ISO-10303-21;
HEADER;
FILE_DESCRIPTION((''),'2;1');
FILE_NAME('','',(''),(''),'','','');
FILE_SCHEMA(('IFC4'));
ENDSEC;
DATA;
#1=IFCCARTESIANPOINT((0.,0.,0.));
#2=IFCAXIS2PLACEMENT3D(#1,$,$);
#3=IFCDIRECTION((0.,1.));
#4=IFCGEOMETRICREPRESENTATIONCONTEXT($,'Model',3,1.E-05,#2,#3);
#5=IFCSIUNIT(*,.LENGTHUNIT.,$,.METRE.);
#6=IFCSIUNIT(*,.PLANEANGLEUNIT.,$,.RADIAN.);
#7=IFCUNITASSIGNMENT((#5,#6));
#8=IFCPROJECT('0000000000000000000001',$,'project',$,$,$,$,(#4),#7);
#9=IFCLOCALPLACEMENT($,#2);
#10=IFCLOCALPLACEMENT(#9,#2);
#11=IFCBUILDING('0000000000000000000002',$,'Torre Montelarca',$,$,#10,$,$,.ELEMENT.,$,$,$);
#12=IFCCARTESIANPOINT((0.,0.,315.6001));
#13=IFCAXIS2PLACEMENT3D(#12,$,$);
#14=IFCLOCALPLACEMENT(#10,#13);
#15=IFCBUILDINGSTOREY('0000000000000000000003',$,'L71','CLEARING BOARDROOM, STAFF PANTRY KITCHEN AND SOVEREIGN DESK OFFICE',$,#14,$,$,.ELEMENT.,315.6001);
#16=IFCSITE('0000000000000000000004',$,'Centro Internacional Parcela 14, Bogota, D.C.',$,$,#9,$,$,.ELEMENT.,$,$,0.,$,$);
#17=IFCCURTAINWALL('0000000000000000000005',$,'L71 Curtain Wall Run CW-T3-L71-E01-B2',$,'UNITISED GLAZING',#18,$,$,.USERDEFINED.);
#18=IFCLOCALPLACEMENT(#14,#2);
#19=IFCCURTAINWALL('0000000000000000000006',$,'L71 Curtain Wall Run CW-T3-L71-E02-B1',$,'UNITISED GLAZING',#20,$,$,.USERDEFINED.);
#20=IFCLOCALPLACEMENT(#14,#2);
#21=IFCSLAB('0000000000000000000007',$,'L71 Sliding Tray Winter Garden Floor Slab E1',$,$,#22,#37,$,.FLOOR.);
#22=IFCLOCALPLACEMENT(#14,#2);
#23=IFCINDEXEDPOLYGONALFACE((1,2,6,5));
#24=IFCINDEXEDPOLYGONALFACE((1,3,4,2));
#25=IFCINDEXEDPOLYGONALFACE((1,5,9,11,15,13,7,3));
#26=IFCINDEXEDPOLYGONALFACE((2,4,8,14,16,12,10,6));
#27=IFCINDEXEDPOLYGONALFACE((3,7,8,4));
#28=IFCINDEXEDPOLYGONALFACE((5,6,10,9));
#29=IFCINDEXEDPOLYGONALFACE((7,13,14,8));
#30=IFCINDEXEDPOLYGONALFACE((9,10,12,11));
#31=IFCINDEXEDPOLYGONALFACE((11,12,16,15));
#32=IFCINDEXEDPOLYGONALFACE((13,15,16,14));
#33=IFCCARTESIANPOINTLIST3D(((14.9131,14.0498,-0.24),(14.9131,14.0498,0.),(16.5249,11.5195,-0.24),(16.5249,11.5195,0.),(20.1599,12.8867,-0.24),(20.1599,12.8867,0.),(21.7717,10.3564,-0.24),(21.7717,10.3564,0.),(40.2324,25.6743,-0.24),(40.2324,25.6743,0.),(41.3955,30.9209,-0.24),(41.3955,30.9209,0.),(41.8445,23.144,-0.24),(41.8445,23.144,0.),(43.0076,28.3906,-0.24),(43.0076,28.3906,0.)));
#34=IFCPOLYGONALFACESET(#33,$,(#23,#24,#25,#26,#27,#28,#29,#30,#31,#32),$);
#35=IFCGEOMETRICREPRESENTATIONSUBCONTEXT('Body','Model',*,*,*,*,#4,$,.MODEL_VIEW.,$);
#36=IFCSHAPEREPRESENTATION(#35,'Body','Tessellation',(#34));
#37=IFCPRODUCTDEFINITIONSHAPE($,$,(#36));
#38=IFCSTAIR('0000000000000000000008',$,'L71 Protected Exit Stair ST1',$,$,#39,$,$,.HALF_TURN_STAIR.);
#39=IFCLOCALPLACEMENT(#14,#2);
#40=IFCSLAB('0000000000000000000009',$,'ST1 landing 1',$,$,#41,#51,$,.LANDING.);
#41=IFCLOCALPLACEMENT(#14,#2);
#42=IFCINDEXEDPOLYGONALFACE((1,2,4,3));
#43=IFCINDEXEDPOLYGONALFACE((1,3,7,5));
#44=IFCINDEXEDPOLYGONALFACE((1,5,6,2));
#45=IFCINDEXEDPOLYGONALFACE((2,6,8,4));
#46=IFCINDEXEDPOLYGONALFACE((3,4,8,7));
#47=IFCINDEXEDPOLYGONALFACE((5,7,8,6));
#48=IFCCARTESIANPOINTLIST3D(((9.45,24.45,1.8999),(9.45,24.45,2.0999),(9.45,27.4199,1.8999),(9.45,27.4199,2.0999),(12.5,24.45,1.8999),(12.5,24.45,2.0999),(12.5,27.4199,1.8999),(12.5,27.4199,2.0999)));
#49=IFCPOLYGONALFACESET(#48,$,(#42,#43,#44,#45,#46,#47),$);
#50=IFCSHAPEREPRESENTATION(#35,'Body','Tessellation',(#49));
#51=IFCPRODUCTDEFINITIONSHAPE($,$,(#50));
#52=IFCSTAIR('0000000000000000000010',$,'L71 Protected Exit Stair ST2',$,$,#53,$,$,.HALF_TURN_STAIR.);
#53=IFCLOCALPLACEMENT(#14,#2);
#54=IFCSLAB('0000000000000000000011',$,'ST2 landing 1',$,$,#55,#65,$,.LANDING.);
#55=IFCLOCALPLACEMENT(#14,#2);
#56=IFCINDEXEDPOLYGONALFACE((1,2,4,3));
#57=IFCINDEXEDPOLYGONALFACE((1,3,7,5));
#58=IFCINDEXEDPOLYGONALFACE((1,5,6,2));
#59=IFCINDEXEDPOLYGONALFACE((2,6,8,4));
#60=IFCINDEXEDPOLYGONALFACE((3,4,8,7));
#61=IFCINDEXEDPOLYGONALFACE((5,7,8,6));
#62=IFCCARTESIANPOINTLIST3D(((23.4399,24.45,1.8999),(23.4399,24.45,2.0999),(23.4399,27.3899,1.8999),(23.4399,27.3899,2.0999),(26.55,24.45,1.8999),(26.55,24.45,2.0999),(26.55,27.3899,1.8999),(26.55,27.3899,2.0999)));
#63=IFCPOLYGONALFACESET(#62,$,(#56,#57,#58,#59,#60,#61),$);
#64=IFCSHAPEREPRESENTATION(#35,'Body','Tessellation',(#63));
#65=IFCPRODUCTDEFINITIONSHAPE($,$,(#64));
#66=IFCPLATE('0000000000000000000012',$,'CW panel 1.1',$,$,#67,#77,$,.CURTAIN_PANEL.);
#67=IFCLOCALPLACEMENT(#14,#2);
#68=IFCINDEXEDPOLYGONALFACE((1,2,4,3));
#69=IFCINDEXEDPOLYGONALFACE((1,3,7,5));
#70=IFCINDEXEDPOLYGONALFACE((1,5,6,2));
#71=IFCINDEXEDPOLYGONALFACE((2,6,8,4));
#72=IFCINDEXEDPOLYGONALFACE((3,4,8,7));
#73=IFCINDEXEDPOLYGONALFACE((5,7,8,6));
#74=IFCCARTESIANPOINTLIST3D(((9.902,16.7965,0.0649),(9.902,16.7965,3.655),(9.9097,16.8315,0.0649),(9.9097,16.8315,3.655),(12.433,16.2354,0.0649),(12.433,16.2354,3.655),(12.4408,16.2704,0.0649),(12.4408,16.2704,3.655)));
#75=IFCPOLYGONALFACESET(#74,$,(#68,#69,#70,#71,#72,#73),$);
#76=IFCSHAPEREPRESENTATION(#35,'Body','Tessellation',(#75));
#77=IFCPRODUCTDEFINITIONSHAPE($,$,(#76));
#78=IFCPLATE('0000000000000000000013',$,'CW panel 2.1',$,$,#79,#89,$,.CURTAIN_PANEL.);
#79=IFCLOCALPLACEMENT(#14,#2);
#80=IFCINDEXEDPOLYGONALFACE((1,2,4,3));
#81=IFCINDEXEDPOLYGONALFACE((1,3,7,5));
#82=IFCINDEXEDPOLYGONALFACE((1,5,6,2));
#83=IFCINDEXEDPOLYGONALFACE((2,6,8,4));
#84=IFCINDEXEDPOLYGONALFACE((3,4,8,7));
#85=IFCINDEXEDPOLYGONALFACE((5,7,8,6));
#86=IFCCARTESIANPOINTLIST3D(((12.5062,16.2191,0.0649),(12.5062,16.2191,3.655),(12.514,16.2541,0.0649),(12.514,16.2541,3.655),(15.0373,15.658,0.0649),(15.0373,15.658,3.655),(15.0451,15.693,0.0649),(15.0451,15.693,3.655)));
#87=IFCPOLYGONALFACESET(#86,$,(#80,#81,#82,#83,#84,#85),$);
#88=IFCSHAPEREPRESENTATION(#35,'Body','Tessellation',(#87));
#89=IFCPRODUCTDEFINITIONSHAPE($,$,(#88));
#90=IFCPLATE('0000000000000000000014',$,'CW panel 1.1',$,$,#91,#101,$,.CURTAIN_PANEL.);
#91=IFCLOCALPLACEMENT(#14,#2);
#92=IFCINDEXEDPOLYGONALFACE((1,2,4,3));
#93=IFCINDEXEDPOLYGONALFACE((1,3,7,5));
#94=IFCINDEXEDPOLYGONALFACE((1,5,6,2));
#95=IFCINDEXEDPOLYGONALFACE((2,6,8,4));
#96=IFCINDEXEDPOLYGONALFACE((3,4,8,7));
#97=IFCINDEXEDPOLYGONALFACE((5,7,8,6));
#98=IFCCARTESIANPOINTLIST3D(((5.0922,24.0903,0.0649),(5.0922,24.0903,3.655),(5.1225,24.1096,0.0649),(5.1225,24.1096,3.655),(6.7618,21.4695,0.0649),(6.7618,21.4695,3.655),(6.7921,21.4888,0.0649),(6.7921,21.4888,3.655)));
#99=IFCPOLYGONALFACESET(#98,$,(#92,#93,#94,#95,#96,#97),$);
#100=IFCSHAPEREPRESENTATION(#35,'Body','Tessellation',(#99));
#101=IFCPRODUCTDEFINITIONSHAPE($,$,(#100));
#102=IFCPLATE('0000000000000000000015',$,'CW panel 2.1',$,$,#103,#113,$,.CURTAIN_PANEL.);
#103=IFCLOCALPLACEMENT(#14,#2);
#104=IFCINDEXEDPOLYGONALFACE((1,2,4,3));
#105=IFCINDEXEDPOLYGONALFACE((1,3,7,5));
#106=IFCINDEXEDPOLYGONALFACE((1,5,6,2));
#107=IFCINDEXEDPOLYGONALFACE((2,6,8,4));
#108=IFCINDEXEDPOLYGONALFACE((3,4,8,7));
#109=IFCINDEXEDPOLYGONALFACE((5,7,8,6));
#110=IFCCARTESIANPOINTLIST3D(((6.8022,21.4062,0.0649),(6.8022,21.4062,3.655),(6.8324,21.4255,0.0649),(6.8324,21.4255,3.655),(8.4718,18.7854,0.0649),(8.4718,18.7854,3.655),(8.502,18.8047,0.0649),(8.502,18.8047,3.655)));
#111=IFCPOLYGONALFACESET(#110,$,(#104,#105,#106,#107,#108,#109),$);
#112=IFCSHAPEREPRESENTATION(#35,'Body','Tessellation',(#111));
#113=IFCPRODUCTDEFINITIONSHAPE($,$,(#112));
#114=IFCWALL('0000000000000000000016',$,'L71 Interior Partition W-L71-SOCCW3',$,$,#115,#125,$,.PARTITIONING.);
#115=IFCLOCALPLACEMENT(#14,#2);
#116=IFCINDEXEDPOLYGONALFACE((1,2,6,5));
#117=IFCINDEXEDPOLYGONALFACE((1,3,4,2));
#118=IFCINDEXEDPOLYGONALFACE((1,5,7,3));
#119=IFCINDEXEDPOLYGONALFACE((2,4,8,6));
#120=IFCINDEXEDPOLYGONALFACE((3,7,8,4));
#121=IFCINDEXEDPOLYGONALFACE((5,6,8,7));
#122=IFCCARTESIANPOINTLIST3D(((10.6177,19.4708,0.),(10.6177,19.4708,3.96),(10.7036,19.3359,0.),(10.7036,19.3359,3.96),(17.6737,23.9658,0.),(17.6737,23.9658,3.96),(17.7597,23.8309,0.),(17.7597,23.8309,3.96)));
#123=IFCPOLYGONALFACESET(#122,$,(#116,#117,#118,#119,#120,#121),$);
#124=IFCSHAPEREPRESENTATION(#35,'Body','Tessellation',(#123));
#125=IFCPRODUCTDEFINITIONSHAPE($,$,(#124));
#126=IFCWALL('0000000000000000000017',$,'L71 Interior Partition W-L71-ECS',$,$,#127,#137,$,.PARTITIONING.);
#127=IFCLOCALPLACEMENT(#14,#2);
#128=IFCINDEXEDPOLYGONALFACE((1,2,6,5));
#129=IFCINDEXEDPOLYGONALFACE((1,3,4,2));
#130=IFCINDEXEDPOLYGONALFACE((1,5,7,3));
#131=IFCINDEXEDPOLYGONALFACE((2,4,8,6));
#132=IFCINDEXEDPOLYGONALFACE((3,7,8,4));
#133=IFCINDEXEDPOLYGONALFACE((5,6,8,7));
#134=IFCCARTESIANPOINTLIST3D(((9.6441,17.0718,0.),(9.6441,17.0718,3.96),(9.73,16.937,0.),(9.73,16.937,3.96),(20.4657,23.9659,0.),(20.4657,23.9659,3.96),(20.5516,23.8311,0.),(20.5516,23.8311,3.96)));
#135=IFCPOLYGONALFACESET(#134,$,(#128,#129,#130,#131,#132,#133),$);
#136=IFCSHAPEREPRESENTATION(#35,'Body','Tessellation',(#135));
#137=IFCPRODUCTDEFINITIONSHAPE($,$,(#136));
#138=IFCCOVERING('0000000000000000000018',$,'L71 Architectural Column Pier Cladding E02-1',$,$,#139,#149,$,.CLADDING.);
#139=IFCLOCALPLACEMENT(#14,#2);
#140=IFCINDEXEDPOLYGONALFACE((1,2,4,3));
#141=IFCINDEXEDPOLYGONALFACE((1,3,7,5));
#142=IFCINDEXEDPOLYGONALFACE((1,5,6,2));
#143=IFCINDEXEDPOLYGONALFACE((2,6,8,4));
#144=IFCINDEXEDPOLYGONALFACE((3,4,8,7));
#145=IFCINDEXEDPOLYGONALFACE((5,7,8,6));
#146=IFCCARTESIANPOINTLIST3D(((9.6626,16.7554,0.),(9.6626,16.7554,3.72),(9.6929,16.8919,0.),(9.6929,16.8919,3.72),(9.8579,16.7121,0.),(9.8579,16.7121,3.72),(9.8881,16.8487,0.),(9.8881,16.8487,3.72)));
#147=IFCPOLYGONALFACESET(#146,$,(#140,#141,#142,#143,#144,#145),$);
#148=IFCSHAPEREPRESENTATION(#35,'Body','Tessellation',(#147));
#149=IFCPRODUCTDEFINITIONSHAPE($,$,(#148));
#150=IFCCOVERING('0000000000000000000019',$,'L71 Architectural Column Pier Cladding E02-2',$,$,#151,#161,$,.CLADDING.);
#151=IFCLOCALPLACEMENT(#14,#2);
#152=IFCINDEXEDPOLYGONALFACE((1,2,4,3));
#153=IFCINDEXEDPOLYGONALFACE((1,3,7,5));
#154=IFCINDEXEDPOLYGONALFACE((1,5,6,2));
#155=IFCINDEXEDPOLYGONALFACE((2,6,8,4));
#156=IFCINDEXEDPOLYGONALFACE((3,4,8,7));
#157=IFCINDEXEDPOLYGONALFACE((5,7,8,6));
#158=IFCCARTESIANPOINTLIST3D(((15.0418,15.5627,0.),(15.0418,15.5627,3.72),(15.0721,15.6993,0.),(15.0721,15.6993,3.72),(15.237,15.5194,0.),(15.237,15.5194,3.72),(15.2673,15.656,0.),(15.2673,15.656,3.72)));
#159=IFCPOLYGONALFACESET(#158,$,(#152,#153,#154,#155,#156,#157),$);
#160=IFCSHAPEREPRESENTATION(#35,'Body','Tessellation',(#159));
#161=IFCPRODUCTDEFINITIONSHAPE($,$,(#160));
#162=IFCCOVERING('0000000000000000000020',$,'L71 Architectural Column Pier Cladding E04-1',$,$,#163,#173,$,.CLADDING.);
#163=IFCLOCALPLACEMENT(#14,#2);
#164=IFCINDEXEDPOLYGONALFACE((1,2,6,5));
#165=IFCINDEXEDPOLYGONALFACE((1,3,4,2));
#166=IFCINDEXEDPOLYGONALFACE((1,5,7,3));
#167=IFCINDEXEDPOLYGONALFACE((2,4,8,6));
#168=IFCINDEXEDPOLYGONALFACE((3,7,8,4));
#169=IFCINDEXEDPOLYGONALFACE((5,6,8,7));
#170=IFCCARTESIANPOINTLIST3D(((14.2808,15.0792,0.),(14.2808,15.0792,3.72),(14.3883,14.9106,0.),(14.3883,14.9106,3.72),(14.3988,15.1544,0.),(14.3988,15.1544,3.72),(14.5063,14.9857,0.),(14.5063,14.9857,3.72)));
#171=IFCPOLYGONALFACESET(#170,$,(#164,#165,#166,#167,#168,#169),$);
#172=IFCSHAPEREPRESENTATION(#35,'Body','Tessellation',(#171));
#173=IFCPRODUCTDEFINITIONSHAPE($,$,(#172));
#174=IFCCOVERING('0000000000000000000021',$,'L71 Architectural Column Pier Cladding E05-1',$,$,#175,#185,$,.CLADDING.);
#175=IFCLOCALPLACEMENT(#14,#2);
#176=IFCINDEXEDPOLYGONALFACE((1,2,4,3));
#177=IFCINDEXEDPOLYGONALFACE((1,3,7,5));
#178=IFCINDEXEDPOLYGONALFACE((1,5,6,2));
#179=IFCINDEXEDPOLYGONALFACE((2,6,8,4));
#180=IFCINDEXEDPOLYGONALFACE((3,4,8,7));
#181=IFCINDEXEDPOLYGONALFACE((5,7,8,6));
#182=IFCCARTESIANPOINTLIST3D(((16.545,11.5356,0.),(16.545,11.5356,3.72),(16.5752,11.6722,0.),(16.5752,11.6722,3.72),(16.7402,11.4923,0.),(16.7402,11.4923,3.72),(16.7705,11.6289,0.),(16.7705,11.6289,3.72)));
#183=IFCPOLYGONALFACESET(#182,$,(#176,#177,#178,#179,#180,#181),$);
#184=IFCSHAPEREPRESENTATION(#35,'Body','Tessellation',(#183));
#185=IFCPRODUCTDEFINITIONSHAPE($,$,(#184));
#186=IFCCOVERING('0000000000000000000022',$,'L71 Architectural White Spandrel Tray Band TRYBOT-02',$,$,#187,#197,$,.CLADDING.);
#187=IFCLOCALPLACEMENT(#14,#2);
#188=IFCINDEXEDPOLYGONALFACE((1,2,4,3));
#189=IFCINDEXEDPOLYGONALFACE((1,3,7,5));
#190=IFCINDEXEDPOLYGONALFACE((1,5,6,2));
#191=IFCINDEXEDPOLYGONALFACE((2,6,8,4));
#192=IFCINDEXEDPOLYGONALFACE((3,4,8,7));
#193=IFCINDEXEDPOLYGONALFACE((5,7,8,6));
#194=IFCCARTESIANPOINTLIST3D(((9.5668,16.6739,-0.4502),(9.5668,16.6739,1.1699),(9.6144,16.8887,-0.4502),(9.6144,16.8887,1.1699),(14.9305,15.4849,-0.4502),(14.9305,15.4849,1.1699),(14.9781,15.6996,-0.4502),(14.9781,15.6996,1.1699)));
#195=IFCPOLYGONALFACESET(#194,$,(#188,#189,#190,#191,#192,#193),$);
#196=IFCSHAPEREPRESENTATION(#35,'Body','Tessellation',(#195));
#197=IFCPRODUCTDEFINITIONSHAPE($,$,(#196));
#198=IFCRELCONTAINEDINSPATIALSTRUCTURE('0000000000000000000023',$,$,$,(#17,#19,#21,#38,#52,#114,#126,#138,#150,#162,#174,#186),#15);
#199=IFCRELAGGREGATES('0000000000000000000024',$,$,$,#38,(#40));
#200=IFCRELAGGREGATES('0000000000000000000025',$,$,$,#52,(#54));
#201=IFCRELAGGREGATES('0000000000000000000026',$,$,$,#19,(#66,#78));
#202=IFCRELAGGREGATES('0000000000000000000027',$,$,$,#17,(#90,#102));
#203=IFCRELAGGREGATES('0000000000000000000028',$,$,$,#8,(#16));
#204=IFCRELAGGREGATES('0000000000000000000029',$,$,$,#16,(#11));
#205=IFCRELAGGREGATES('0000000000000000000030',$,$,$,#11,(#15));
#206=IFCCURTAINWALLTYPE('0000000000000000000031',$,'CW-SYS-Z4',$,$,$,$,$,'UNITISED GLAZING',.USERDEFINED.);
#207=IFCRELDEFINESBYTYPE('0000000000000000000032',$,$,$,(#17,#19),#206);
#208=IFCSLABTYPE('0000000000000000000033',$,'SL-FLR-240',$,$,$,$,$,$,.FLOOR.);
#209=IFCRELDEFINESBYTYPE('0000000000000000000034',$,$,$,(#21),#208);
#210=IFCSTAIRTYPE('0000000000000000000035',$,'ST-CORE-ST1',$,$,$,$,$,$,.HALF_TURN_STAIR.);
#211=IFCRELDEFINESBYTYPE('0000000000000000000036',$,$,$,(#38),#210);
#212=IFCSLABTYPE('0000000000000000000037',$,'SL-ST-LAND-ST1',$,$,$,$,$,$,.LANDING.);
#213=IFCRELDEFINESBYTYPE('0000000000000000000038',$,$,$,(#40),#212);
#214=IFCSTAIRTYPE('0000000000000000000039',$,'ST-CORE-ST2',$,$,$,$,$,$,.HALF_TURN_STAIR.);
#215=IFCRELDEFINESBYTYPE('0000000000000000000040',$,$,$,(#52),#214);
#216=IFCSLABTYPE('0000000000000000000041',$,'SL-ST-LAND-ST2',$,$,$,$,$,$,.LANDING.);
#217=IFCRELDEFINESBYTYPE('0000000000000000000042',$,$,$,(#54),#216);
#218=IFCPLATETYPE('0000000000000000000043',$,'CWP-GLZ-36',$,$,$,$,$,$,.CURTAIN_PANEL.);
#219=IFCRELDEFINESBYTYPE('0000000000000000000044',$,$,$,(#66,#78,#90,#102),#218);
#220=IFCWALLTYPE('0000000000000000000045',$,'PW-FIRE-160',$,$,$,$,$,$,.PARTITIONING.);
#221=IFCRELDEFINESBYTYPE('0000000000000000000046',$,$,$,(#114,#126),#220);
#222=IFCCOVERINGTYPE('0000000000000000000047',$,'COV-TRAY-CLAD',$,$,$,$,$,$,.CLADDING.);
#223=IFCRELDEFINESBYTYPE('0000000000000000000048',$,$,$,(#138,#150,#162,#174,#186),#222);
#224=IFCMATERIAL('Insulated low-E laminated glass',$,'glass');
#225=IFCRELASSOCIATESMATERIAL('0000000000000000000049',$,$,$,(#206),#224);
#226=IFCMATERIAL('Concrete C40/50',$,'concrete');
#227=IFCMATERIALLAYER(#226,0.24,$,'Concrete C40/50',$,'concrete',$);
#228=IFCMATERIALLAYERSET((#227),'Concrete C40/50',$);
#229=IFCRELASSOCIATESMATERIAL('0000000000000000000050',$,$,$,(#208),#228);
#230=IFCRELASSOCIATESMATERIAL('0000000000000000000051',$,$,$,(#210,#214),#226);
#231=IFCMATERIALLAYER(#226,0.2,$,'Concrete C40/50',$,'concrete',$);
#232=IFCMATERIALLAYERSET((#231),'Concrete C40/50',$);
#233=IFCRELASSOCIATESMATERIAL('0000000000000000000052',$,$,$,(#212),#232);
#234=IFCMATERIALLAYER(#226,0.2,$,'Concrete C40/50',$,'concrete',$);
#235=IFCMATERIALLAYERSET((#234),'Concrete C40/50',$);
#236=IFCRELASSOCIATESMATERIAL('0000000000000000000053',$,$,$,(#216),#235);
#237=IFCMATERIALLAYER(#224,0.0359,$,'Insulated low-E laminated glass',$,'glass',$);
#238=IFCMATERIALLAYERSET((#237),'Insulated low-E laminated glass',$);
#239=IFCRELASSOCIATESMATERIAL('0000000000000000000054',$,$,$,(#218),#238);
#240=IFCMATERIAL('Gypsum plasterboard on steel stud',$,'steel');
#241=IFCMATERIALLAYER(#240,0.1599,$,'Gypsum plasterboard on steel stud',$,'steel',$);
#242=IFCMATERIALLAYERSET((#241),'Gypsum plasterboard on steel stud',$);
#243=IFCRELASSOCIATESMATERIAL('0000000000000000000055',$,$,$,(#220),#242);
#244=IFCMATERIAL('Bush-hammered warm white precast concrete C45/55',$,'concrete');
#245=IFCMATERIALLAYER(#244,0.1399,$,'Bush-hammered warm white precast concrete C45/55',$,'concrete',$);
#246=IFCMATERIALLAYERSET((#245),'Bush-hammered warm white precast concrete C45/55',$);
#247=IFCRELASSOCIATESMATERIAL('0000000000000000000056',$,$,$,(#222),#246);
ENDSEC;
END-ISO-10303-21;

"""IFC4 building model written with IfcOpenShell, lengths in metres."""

from ifc_helpers import new_model, si_unit, direction, frame, frame_2d, origin, origin_2d, place, context, subcontext, project, spatial, polyline, rectangle, outline, extrude, source, transform, mapped, material, layer, layer_set, type_object, element, aggregate, save


model = new_model("IFC4")

# Units and contexts
model_context = context("Model", 3, precision=1e-05, world=origin(), true_north=direction((0.0, 1.0)))
body_context = subcontext(model_context, "Body", "Model", "MODEL_VIEW")
ifc_project = project(units=[si_unit("LENGTHUNIT", "METRE"), si_unit("PLANEANGLEUNIT", "RADIAN")], contexts=[model_context])

# Site, building, storey
site_placement = place(None, origin())
site = spatial("IfcSite", under=ifc_project, at=site_placement, Name="Centro Internacional Parcela 14, Bogota, D.C.", CompositionType="ELEMENT", RefElevation=0.0)
building_placement = place(site_placement, origin())
building = spatial("IfcBuilding", under=site, at=building_placement, Name="Torre Montelarca", CompositionType="ELEMENT")
storey_placement = place(building_placement, frame((0.0, 0.0, 315.6001)))
storey = spatial("IfcBuildingStorey", under=building, at=storey_placement, Name="L71", Description="CLEARING BOARDROOM, STAFF PANTRY KITCHEN AND SOVEREIGN DESK OFFICE", CompositionType="ELEMENT", Elevation=315.6001)

# Curtain walls
ifc_material_1 = material(Name="Insulated low-E laminated glass", Category="glass")
curtain_wall_type = type_object("IfcCurtainWallType", Name="CW-SYS-Z4", ElementType="UNITISED GLAZING", PredefinedType="USERDEFINED", material=ifc_material_1)
curtain_wall_1_placement = place(storey_placement, origin())
curtain_wall_1 = element("IfcCurtainWall", 1, at=curtain_wall_1_placement, inside=storey, type_object=curtain_wall_type, Name="L71 Curtain Wall Run CW-T3-L71-E01-B2", ObjectType="UNITISED GLAZING", PredefinedType="USERDEFINED")
curtain_wall_2_placement = place(storey_placement, origin())
curtain_wall_2 = element("IfcCurtainWall", 2, at=curtain_wall_2_placement, inside=storey, type_object=curtain_wall_type, Name="L71 Curtain Wall Run CW-T3-L71-E02-B1", ObjectType="UNITISED GLAZING", PredefinedType="USERDEFINED")

# Slab
ifc_material_2 = material(Name="Concrete C40/50", Category="concrete")
ifc_layer_1 = layer(ifc_material_2, 0.24, Name="Concrete C40/50", Category="concrete")
ifc_layer_set_1 = layer_set([ifc_layer_1], Name="Concrete C40/50")
slab_type_1 = type_object("IfcSlabType", Name="SL-FLR-240", PredefinedType="FLOOR", material=ifc_layer_set_1)
slab_1_placement = place(storey_placement, frame((0.0, 0.0, -0.24)))
element("IfcSlab", 3, at=slab_1_placement, inside=storey, type_object=slab_type_1, Name="L71 Sliding Tray Winter Garden Floor Slab E1", PredefinedType="FLOOR", context=body_context, shape_type="SweptSolid", body=[
    extrude(outline(polyline([(41.3955, 30.9209), (40.2324, 25.6743), (20.1599, 12.8867), (14.9131, 14.0498), (16.5249, 11.5195), (21.7717, 10.3564), (41.8445, 23.144), (43.0076, 28.3906), (41.3955, 30.9209)])), origin(), (0.0, 0.0, 1.0), 0.24),
])

# Stairs, slabs
stair_type_1 = type_object("IfcStairType", Name="ST-CORE-ST1", PredefinedType="HALF_TURN_STAIR", material=ifc_material_2)
stair_1_placement = place(storey_placement, origin())
stair_1 = element("IfcStair", 4, at=stair_1_placement, inside=storey, type_object=stair_type_1, Name="L71 Protected Exit Stair ST1", PredefinedType="HALF_TURN_STAIR")
ifc_layer_2 = layer(ifc_material_2, 0.2, Name="Concrete C40/50", Category="concrete")
ifc_layer_set_2 = layer_set([ifc_layer_2], Name="Concrete C40/50")
slab_type_2 = type_object("IfcSlabType", Name="SL-ST-LAND-ST1", PredefinedType="LANDING", material=ifc_layer_set_2)
slab_2_placement = place(storey_placement, frame((0.0, 0.0, 1.8999)))
slab_2 = element("IfcSlab", 5, at=slab_2_placement, type_object=slab_type_2, Name="ST1 landing 1", PredefinedType="LANDING", context=body_context, shape_type="SweptSolid", body=[
    extrude(outline(polyline([(9.45, 27.4199), (9.45, 24.45), (12.5, 24.45), (12.5, 27.4199), (9.45, 27.4199)])), origin(), (0.0, 0.0, 1.0), 0.2),
])
aggregate(stair_1, [slab_2])
stair_type_2 = type_object("IfcStairType", Name="ST-CORE-ST2", PredefinedType="HALF_TURN_STAIR", material=ifc_material_2)
stair_2_placement = place(storey_placement, origin())
stair_2 = element("IfcStair", 6, at=stair_2_placement, inside=storey, type_object=stair_type_2, Name="L71 Protected Exit Stair ST2", PredefinedType="HALF_TURN_STAIR")
ifc_layer_3 = layer(ifc_material_2, 0.2, Name="Concrete C40/50", Category="concrete")
ifc_layer_set_3 = layer_set([ifc_layer_3], Name="Concrete C40/50")
slab_type_3 = type_object("IfcSlabType", Name="SL-ST-LAND-ST2", PredefinedType="LANDING", material=ifc_layer_set_3)
slab_3_placement = place(storey_placement, frame((0.0, 0.0, 1.8999)))
slab_3 = element("IfcSlab", 7, at=slab_3_placement, type_object=slab_type_3, Name="ST2 landing 1", PredefinedType="LANDING", context=body_context, shape_type="SweptSolid", body=[
    extrude(outline(polyline([(23.4399, 27.3899), (23.4399, 24.45), (26.55, 24.45), (26.55, 27.3899), (23.4399, 27.3899)])), origin(), (0.0, 0.0, 1.0), 0.2),
])
aggregate(stair_2, [slab_3])

# Plates
ifc_layer_4 = layer(ifc_material_1, 0.0359, Name="Insulated low-E laminated glass", Category="glass")
ifc_layer_set_4 = layer_set([ifc_layer_4], Name="Insulated low-E laminated glass")
plate_type = type_object("IfcPlateType", Name="CWP-GLZ-36", PredefinedType="CURTAIN_PANEL", material=ifc_layer_set_4)
shared_shape_1 = source(origin(), body_context, "Body", "SweptSolid", [
    extrude(rectangle(XDim=2.5925, YDim=0.0359, at=origin_2d()), origin(), (0.0, 0.0, 1.0), 3.5901),
])
plate_1_placement = place(storey_placement, frame((11.1714, 16.5334, 0.0649), z_axis=(0.0, 0.0, 1.0), x_axis=(0.976294, -0.216449, 0.0)))
plate_1 = element("IfcPlate", 8, at=plate_1_placement, type_object=plate_type, Name="CW panel 1.1", PredefinedType="CURTAIN_PANEL", context=body_context, shape_type="MappedRepresentation", body=[
    mapped(shared_shape_1, transform((0.0, 0.0, 0.0), scale=1.0)),
])
plate_2_placement = place(storey_placement, frame((13.7756, 15.9561, 0.0649), z_axis=(0.0, 0.0, 1.0), x_axis=(0.976294, -0.216449, 0.0)))
plate_2 = element("IfcPlate", 9, at=plate_2_placement, type_object=plate_type, Name="CW panel 2.1", PredefinedType="CURTAIN_PANEL", context=body_context, shape_type="MappedRepresentation", body=[
    mapped(shared_shape_1, transform((0.0, 0.0, 0.0), scale=1.0)),
])
aggregate(curtain_wall_2, [plate_1, plate_2])
shared_shape_2 = source(origin(), body_context, "Body", "SweptSolid", [
    extrude(rectangle(XDim=3.1074, YDim=0.0359, at=origin_2d()), origin(), (0.0, 0.0, 1.0), 3.5901),
])
plate_3_placement = place(storey_placement, frame((5.9421, 22.7896, 0.0649), z_axis=(0.0, 0.0, 1.0), x_axis=(0.537301, -0.84339, 0.0)))
plate_3 = element("IfcPlate", 10, at=plate_3_placement, type_object=plate_type, Name="CW panel 1.1", PredefinedType="CURTAIN_PANEL", context=body_context, shape_type="MappedRepresentation", body=[
    mapped(shared_shape_2, transform((0.0, 0.0, 0.0), scale=1.0)),
])
plate_4_placement = place(storey_placement, frame((7.6521, 20.1055, 0.0649), z_axis=(0.0, 0.0, 1.0), x_axis=(0.537301, -0.84339, 0.0)))
plate_4 = element("IfcPlate", 11, at=plate_4_placement, type_object=plate_type, Name="CW panel 2.1", PredefinedType="CURTAIN_PANEL", context=body_context, shape_type="MappedRepresentation", body=[
    mapped(shared_shape_2, transform((0.0, 0.0, 0.0), scale=1.0)),
])
aggregate(curtain_wall_1, [plate_3, plate_4])

# Walls
ifc_material_3 = material(Name="Gypsum plasterboard on steel stud", Category="steel")
ifc_layer_5 = layer(ifc_material_3, 0.1599, Name="Gypsum plasterboard on steel stud", Category="steel")
ifc_layer_set_5 = layer_set([ifc_layer_5], Name="Gypsum plasterboard on steel stud")
wall_type = type_object("IfcWallType", Name="PW-FIRE-160", PredefinedType="PARTITIONING", material=ifc_layer_set_5)
wall_1_placement = place(storey_placement, frame((10.6606, 19.4033, 0.0), z_axis=(0.0, 0.0, 1.0), x_axis=(0.843399, 0.537287, 0.0)))
element("IfcWall", 12, at=wall_1_placement, inside=storey, type_object=wall_type, Name="L71 Interior Partition W-L71-SOCCW3", PredefinedType="PARTITIONING", context=body_context, shape_type="SweptSolid", body=[
    extrude(rectangle(XDim=8.3662, YDim=0.1599, at=frame_2d((4.1831, 0.0))), origin(), (0.0, 0.0, 1.0), 3.96),
])
wall_2_placement = place(storey_placement, frame((9.687, 17.0044, 0.0), z_axis=(0.0, 0.0, 1.0), x_axis=(0.843393, 0.537298, 0.0)))
element("IfcWall", 13, at=wall_2_placement, inside=storey, type_object=wall_type, Name="L71 Interior Partition W-L71-ECS", PredefinedType="PARTITIONING", context=body_context, shape_type="SweptSolid", body=[
    extrude(rectangle(XDim=12.8311, YDim=0.1599, at=frame_2d((6.4155, 0.0))), origin(), (0.0, 0.0, 1.0), 3.96),
])

# Coverings
ifc_material_4 = material(Name="Bush-hammered warm white precast concrete C45/55", Category="concrete")
ifc_layer_6 = layer(ifc_material_4, 0.1399, Name="Bush-hammered warm white precast concrete C45/55", Category="concrete")
ifc_layer_set_6 = layer_set([ifc_layer_6], Name="Bush-hammered warm white precast concrete C45/55")
covering_type = type_object("IfcCoveringType", Name="COV-TRAY-CLAD", PredefinedType="CLADDING", material=ifc_layer_set_6)
shared_shape_3 = source(origin(), body_context, "Body", "SweptSolid", [
    extrude(rectangle(XDim=0.2, YDim=0.1399, at=origin_2d()), origin(), (0.0, 0.0, 1.0), 3.72),
])
for number, where, z_axis, x_axis, name in (
    (14, (9.7754, 16.802, 0.0), (0.0, 0.0, 1.0), (0.976297, -0.216436, 0.0), "L71 Architectural Column Pier Cladding E02-1"),
    (15, (15.1545, 15.6094, 0.0), (0.0, 0.0, 1.0), (0.976297, -0.216436, 0.0), "L71 Architectural Column Pier Cladding E02-2"),
    (16, (14.3936, 15.0325, 0.0), (0.0, 0.0, 1.0), (0.537313, -0.843383, 0.0), "L71 Architectural Column Pier Cladding E04-1"),
    (17, (16.6577, 11.5823, 0.0), (0.0, 0.0, 1.0), (0.976299, -0.216426, 0.0), "L71 Architectural Column Pier Cladding E05-1"),
):
    element("IfcCovering", number, at=place(storey_placement, frame(where, z_axis=z_axis, x_axis=x_axis)), inside=storey, type_object=covering_type, Name=name, PredefinedType="CLADDING", context=body_context, shape_type="MappedRepresentation", body=[
        mapped(shared_shape_3, transform((0.0, 0.0, 0.0), scale=1.0)),
    ])
shared_shape_4 = source(origin(), body_context, "Body", "SweptSolid", [
    extrude(rectangle(XDim=5.4939, YDim=0.22, at=origin_2d()), origin(), (0.0, 0.0, 1.0), 1.6201),
])
covering_1_placement = place(storey_placement, frame((12.2725, 16.1868, -0.4502), z_axis=(0.0, 0.0, 1.0), x_axis=(0.976298, -0.216433, 0.0)))
element("IfcCovering", 18, at=covering_1_placement, inside=storey, type_object=covering_type, Name="L71 Architectural White Spandrel Tray Band TRYBOT-02", PredefinedType="CLADDING", context=body_context, shape_type="MappedRepresentation", body=[
    mapped(shared_shape_4, transform((0.0, 0.0, 0.0), scale=1.0)),
])

save(model, "model.ifc")
